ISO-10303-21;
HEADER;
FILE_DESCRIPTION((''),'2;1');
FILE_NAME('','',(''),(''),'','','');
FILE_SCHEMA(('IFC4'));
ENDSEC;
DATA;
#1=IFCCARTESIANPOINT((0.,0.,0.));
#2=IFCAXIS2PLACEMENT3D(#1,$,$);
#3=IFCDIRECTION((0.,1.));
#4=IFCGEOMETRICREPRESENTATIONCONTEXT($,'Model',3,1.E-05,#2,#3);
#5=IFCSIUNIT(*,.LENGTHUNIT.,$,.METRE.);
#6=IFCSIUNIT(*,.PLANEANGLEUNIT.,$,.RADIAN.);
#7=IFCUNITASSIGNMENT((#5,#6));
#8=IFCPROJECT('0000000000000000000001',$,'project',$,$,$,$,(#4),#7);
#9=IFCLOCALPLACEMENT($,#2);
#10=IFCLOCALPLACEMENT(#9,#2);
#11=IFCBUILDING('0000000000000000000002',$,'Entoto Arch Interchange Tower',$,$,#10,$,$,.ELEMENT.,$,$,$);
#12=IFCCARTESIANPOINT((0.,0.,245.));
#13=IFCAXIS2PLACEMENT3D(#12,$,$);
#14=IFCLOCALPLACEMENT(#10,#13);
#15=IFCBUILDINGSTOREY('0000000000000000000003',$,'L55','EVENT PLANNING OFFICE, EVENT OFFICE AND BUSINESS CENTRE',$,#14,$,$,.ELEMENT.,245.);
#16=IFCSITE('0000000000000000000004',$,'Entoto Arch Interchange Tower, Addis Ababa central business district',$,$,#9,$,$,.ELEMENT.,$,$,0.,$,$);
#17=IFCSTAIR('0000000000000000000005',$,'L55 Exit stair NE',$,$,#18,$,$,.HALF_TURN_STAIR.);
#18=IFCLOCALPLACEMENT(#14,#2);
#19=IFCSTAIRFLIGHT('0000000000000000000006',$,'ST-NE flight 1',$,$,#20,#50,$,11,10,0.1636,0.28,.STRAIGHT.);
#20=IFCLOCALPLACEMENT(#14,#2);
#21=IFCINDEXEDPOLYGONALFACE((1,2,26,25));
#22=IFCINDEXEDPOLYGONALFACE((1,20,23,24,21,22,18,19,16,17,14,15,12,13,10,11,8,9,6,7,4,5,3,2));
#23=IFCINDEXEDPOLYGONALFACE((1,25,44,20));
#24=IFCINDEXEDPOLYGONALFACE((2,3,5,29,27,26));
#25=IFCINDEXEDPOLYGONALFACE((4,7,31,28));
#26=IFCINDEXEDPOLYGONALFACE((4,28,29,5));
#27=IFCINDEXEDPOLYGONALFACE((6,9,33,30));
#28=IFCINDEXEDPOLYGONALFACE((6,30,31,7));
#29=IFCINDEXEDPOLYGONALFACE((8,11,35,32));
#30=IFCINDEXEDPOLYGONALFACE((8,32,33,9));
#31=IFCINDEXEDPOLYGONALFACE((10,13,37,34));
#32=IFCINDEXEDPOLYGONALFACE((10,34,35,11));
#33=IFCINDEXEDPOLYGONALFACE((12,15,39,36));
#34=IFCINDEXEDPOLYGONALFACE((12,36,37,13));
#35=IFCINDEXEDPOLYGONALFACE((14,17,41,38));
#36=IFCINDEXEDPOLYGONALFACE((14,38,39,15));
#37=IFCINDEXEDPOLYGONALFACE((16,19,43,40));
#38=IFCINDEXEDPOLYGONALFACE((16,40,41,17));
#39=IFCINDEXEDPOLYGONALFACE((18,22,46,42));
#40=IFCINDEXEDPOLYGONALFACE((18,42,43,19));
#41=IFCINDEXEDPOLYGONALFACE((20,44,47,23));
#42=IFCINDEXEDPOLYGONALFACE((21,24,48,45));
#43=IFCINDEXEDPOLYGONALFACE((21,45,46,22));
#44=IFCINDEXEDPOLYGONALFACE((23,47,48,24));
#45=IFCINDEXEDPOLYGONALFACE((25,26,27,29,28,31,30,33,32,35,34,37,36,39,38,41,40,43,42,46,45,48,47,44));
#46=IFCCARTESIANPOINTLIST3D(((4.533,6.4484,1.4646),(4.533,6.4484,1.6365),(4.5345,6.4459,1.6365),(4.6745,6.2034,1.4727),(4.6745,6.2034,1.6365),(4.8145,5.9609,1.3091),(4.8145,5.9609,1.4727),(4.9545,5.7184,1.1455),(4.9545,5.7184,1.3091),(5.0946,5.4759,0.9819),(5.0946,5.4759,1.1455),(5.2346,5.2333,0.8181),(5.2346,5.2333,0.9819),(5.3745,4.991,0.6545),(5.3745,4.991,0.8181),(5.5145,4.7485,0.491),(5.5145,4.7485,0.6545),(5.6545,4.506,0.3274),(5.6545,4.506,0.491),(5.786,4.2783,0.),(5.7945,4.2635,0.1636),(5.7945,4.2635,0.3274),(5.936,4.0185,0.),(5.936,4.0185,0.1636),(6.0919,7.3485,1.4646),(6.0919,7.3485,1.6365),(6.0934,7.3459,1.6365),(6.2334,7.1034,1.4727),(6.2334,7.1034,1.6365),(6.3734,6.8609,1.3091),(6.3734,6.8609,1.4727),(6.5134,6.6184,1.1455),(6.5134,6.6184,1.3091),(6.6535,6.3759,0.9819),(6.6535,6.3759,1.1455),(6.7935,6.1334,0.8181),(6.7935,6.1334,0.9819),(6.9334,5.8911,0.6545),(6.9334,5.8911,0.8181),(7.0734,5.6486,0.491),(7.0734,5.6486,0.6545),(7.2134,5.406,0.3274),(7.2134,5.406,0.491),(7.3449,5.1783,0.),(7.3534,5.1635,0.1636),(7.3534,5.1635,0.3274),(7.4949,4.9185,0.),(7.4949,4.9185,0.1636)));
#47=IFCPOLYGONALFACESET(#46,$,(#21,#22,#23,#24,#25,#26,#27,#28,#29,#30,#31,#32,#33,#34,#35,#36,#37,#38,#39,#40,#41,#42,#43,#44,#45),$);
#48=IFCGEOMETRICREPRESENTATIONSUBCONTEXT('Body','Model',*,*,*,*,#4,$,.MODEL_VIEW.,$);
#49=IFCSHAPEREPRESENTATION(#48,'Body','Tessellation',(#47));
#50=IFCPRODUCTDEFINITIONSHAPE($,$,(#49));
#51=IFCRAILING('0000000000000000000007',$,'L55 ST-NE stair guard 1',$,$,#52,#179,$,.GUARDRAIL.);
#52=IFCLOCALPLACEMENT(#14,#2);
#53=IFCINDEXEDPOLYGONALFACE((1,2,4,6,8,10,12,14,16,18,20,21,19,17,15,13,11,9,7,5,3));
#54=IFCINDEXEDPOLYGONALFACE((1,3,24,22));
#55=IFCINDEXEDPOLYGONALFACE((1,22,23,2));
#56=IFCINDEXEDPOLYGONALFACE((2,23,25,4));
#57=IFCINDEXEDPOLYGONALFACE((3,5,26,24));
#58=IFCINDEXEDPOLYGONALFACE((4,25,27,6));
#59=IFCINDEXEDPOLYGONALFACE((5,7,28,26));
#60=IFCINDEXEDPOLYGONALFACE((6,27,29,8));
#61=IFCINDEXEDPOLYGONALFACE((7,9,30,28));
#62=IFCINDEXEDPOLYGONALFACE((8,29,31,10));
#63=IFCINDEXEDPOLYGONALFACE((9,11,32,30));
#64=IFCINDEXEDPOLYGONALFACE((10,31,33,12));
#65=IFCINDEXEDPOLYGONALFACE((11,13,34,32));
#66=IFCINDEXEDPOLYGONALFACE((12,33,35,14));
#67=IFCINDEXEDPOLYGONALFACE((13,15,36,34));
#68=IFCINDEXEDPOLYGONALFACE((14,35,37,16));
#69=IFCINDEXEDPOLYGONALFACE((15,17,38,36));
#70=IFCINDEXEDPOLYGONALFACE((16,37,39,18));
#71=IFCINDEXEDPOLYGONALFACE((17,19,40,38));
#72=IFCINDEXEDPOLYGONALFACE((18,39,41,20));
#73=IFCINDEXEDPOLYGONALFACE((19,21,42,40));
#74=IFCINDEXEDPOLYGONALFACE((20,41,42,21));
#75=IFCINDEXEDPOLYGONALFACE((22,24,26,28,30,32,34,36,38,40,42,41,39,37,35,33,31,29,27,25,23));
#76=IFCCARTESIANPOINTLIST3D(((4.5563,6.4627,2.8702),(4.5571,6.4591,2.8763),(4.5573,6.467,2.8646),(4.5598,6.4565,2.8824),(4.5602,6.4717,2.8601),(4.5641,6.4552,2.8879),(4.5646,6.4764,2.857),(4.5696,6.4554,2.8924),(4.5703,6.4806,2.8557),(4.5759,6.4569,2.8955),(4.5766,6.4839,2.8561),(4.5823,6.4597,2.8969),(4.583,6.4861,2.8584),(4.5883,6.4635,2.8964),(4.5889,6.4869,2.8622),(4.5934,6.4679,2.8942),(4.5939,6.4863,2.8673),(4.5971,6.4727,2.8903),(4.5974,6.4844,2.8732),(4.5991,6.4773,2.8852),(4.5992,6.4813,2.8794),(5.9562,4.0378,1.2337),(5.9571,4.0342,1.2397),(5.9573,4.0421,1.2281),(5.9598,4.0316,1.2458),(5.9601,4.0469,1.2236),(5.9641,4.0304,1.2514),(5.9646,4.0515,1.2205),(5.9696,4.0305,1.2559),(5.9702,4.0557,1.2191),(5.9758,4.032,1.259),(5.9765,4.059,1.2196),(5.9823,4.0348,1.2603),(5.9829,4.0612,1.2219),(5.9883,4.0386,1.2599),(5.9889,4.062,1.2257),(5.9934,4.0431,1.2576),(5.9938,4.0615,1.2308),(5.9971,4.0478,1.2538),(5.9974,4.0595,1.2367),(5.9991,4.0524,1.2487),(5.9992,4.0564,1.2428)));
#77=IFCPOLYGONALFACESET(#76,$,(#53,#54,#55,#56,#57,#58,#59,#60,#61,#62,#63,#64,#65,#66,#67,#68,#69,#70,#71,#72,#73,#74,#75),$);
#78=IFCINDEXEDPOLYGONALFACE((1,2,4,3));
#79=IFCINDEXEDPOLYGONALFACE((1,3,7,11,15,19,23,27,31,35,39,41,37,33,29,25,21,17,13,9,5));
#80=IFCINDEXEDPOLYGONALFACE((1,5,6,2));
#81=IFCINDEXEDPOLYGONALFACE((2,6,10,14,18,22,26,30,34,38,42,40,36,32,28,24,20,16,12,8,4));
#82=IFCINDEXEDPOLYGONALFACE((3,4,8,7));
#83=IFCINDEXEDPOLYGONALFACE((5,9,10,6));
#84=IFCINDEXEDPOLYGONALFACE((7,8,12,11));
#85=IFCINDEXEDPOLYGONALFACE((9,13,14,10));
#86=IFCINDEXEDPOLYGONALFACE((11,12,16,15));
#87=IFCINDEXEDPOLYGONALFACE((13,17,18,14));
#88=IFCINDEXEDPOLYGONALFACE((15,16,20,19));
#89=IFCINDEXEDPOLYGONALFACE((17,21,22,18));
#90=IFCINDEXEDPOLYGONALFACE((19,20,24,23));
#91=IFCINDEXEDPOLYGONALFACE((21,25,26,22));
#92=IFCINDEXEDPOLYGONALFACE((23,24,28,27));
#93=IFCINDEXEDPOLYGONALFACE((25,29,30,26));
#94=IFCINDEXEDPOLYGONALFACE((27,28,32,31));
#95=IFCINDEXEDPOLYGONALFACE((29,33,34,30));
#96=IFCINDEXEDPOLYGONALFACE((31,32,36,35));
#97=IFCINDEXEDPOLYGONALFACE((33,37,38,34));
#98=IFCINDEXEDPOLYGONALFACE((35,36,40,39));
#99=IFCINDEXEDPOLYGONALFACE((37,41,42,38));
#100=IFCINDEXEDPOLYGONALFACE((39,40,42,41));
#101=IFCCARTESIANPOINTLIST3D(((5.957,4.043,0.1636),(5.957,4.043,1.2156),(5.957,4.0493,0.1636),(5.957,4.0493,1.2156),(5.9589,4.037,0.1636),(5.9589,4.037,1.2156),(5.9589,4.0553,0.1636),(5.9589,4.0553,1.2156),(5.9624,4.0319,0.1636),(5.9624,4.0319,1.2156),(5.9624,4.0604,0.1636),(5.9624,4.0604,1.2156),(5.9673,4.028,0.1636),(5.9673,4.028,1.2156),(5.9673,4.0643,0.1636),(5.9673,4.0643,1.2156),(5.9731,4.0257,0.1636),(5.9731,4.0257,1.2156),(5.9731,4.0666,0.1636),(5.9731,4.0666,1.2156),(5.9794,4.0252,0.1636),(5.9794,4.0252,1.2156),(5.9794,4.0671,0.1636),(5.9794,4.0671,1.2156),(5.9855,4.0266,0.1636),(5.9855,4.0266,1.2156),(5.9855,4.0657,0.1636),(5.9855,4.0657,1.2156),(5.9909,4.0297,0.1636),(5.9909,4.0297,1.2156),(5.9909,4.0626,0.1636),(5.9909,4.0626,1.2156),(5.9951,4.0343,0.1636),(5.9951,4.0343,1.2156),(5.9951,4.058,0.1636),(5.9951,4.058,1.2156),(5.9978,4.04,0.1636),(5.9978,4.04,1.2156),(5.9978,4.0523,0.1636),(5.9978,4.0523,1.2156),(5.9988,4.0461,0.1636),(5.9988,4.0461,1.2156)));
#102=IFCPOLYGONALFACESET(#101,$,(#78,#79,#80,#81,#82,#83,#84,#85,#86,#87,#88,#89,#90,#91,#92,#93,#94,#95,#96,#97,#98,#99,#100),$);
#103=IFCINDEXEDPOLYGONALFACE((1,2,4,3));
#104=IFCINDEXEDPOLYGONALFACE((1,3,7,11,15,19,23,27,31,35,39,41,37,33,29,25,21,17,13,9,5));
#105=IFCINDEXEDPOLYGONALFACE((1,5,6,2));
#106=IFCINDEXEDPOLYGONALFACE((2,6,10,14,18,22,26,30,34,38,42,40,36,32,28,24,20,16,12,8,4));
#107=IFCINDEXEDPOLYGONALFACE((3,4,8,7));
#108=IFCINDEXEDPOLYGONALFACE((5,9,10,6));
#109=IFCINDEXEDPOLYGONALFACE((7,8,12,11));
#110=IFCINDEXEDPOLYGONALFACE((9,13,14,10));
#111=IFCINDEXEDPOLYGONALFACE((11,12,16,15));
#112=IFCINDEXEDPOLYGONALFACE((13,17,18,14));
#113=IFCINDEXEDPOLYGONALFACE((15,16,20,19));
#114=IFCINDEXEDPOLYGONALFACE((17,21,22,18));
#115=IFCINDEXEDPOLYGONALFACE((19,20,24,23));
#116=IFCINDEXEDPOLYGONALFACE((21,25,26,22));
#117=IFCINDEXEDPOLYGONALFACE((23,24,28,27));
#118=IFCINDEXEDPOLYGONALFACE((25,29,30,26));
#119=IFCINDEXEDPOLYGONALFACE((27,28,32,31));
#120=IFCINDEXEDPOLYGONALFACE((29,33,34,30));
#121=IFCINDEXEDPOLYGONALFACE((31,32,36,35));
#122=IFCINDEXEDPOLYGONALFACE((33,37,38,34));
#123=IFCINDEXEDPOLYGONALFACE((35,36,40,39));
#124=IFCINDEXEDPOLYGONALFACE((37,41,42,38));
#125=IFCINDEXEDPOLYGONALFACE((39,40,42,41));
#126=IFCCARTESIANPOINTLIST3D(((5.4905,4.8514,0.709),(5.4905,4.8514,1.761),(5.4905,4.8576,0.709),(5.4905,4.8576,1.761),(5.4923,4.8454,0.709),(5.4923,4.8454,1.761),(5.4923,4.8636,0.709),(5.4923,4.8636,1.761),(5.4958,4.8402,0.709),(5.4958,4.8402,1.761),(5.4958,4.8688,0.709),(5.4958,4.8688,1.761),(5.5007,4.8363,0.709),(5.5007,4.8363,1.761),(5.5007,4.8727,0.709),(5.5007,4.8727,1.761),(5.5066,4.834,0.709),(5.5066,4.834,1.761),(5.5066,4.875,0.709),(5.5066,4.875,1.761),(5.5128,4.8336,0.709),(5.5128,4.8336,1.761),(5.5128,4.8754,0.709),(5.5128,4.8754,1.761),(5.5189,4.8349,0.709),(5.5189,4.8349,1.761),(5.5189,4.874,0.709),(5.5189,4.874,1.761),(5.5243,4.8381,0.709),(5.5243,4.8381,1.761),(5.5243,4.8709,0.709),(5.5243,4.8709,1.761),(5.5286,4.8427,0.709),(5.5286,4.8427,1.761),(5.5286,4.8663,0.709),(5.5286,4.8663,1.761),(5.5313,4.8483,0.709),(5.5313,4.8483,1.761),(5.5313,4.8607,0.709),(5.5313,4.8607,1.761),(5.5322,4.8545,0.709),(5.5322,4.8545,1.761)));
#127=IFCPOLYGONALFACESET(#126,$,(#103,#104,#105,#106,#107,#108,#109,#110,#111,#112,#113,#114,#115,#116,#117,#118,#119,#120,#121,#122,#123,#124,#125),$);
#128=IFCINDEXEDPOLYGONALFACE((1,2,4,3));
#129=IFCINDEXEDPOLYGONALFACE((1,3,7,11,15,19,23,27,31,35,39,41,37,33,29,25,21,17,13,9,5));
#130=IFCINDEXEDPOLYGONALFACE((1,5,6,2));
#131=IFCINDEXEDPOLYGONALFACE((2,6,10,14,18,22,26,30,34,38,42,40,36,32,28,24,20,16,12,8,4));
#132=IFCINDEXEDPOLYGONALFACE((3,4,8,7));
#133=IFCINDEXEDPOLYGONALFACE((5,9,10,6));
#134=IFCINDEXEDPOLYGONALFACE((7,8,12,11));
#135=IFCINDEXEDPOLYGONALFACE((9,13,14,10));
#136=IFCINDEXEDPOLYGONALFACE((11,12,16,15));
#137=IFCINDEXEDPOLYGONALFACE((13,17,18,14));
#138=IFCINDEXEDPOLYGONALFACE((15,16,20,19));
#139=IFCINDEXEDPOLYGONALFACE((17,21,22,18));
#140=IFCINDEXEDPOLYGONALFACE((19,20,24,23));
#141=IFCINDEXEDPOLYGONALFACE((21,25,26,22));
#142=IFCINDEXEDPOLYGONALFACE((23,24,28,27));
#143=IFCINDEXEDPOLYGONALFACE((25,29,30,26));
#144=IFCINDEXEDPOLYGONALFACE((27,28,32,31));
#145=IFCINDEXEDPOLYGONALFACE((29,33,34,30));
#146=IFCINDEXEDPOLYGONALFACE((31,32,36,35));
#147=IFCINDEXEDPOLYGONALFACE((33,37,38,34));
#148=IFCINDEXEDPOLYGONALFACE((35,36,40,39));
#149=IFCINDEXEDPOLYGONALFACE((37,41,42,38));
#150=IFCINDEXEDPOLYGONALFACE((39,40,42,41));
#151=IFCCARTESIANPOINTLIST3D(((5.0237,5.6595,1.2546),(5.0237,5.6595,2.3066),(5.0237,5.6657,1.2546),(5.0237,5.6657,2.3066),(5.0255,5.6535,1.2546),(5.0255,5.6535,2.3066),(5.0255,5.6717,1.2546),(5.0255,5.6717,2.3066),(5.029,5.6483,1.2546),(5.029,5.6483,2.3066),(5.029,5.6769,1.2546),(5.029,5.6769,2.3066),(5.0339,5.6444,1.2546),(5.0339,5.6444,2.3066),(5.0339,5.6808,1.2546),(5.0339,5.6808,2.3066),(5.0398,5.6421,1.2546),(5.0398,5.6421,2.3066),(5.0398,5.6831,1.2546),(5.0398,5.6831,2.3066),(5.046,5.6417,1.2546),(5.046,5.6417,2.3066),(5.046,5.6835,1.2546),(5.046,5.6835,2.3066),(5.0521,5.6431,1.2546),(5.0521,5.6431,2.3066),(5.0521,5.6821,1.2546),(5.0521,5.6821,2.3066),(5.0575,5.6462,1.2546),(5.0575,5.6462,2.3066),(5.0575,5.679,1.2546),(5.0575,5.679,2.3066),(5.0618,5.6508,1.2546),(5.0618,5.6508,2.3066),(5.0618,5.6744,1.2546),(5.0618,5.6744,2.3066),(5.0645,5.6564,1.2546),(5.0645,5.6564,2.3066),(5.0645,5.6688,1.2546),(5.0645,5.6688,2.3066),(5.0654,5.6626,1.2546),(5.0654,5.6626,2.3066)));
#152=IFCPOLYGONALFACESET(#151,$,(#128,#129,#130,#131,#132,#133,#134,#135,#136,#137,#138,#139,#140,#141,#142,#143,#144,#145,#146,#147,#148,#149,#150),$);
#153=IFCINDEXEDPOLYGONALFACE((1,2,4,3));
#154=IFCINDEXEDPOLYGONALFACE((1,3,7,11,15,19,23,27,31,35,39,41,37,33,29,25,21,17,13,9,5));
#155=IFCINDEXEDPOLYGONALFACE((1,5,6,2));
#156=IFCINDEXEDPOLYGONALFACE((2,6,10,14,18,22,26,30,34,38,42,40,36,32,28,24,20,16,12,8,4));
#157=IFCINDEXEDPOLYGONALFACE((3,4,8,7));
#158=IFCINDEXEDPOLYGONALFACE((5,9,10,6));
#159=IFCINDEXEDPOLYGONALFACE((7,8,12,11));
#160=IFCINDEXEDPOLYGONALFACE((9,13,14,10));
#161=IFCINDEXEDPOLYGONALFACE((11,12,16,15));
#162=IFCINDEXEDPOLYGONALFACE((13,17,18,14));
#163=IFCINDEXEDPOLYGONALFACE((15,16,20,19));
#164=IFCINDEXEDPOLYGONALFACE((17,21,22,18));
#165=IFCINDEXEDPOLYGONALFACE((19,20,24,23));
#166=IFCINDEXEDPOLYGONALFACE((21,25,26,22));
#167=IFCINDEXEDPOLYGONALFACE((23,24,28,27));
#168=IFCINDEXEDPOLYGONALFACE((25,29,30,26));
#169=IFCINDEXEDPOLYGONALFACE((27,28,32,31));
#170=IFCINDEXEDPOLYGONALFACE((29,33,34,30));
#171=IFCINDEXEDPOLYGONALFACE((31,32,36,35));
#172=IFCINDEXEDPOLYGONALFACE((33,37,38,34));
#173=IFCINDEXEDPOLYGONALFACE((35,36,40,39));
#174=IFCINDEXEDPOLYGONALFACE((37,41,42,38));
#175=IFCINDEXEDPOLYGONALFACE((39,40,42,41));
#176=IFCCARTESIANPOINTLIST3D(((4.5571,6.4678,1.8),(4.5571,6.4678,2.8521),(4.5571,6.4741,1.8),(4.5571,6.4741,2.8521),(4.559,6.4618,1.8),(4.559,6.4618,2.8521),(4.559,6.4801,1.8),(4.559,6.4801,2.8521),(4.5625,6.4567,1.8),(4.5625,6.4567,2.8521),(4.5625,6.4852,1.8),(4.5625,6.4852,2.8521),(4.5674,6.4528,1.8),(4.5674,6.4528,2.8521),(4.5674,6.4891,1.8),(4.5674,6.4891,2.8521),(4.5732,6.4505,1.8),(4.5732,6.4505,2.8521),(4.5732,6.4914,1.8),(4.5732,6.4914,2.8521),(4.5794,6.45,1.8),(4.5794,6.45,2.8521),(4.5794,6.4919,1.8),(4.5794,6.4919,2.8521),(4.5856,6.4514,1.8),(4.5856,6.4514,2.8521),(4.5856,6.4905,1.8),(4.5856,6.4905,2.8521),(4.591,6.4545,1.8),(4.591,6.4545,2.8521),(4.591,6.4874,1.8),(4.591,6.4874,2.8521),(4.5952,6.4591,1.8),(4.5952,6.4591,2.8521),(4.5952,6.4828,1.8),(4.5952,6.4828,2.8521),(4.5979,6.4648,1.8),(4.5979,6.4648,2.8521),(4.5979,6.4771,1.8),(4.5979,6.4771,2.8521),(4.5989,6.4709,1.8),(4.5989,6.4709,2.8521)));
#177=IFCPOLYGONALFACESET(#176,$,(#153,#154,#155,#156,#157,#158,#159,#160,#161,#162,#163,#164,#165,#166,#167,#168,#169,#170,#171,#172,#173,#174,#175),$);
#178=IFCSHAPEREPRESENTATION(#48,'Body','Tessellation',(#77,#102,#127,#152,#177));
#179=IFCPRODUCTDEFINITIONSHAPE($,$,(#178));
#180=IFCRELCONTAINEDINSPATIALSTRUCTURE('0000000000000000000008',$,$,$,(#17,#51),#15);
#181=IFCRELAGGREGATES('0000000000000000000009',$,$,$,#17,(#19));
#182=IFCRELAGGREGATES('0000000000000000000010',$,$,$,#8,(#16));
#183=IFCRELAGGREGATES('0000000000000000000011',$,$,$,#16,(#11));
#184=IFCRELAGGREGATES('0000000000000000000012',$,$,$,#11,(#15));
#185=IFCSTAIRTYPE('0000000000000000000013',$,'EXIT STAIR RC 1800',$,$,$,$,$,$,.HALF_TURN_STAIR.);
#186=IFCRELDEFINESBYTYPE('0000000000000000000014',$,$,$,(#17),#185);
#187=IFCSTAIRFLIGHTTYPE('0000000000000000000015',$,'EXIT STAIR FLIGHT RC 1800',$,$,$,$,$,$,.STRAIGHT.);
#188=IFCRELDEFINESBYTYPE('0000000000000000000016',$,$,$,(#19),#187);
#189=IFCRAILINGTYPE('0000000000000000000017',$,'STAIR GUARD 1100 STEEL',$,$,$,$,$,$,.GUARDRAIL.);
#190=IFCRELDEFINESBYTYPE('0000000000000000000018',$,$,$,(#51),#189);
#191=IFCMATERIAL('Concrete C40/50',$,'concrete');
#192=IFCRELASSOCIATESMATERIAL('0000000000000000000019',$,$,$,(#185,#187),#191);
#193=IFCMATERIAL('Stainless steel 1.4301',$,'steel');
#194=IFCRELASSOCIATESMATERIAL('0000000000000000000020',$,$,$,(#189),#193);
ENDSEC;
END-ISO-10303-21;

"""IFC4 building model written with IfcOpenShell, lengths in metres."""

from ifc_helpers import new_model, si_unit, direction, frame, origin, origin_2d, place, context, subcontext, project, spatial, polyline, circle, outline, extrude, material, type_object, element, aggregate, save


model = new_model("IFC4")

# Units and contexts
model_context = context("Model", 3, precision=1e-05, world=origin(), true_north=direction((0.0, 1.0)))
body_context = subcontext(model_context, "Body", "Model", "MODEL_VIEW")
ifc_project = project(units=[si_unit("LENGTHUNIT", "METRE"), si_unit("PLANEANGLEUNIT", "RADIAN")], contexts=[model_context])

# Site, building, storey
site_placement = place(None, origin())
site = spatial("IfcSite", under=ifc_project, at=site_placement, Name="Entoto Arch Interchange Tower, Addis Ababa central business district", CompositionType="ELEMENT", RefElevation=0.0)
building_placement = place(site_placement, origin())
building = spatial("IfcBuilding", under=site, at=building_placement, Name="Entoto Arch Interchange Tower", CompositionType="ELEMENT")
storey_placement = place(building_placement, frame((0.0, 0.0, 245.0)))
storey = spatial("IfcBuildingStorey", under=building, at=storey_placement, Name="L55", Description="EVENT PLANNING OFFICE, EVENT OFFICE AND BUSINESS CENTRE", CompositionType="ELEMENT", Elevation=245.0)

# Shared definitions
ifc_material_1 = material(Name="Concrete C40/50", Category="concrete")

# Stair, stair flight
stair_type = type_object("IfcStairType", Name="EXIT STAIR RC 1800", PredefinedType="HALF_TURN_STAIR", material=ifc_material_1)
stair_placement = place(storey_placement, origin())
stair = element("IfcStair", 1, at=stair_placement, inside=storey, type_object=stair_type, Name="L55 Exit stair NE", PredefinedType="HALF_TURN_STAIR")
stair_flight_type = type_object("IfcStairFlightType", Name="EXIT STAIR FLIGHT RC 1800", PredefinedType="STRAIGHT", material=ifc_material_1)
stair_flight_placement = place(storey_placement, frame((6.7139, 4.4709, 0.0), z_axis=(0.0, 0.0, 1.0), x_axis=(-0.5, 0.866025, 0.0)))
stair_flight = element("IfcStairFlight", 2, at=stair_flight_placement, type_object=stair_flight_type, Name="ST-NE flight 1", NumberOfRisers=11, NumberOfTreads=10, PredefinedType="STRAIGHT", RiserHeight=0.1636, TreadLength=0.28, context=body_context, shape_type="SweptSolid", body=[
    extrude(outline(polyline([(-0.0029, 0.0), (-0.0029, 0.1636), (0.28, 0.1636), (0.28, 0.3274), (0.5601, 0.3274), (0.5601, 0.491), (0.8401, 0.491), (0.8401, 0.6545), (1.1201, 0.6545), (1.1201, 0.8181), (1.3999, 0.8181), (1.3999, 0.9819), (1.6799, 0.9819), (1.6799, 1.1455), (1.96, 1.1455), (1.96, 1.3091), (2.24, 1.3091), (2.24, 1.4727), (2.52, 1.4727), (2.52, 1.6365), (2.8, 1.6365), (2.803, 1.6365), (2.803, 1.4646), (0.2971, 0.0), (-0.0029, 0.0)])), frame((0.0, 0.8999, 0.0), z_axis=(0.0, -1.0, 0.0), x_axis=(1.0, 0.0, 0.0)), (0.0, 0.0, 1.0), 1.8),
])
aggregate(stair, [stair_flight])

# Railing
ifc_material_2 = material(Name="Stainless steel 1.4301", Category="steel")
railing_type_1 = type_object("IfcRailingType", Name="STAIR GUARD 1100 STEEL", PredefinedType="GUARDRAIL", material=ifc_material_2)
railing_1_placement = place(storey_placement, frame((5.9778, 4.0461, 0.1636)))
element("IfcRailing", 3, at=railing_1_placement, inside=storey, type_object=railing_type_1, Name="L55 ST-NE stair guard 1", PredefinedType="GUARDRAIL", context=body_context, shape_type="SweptSolid", body=[
    extrude(circle(Radius=0.0239, at=origin_2d()), frame((0.0, 0.0, 1.0762), z_axis=(-0.431661, 0.74769, 0.504608), x_axis=(-0.866035, -0.499984, 0.0)), (0.0, 0.0, 1.0), 3.2432),
    extrude(circle(Radius=0.021, at=origin_2d()), origin(), (0.0, 0.0, 1.0), 1.052),
    extrude(circle(Radius=0.021, at=origin_2d()), frame((-0.4666, 0.8083, 0.5454)), (0.0, 0.0, 1.0), 1.052),
    extrude(circle(Radius=0.021, at=origin_2d()), frame((-0.9333, 1.6165, 1.0911)), (0.0, 0.0, 1.0), 1.052),
    extrude(circle(Radius=0.021, at=origin_2d()), frame((-1.3999, 2.4248, 1.6365)), (0.0, 0.0, 1.0), 1.052),
])

save(model, "model.ifc")
